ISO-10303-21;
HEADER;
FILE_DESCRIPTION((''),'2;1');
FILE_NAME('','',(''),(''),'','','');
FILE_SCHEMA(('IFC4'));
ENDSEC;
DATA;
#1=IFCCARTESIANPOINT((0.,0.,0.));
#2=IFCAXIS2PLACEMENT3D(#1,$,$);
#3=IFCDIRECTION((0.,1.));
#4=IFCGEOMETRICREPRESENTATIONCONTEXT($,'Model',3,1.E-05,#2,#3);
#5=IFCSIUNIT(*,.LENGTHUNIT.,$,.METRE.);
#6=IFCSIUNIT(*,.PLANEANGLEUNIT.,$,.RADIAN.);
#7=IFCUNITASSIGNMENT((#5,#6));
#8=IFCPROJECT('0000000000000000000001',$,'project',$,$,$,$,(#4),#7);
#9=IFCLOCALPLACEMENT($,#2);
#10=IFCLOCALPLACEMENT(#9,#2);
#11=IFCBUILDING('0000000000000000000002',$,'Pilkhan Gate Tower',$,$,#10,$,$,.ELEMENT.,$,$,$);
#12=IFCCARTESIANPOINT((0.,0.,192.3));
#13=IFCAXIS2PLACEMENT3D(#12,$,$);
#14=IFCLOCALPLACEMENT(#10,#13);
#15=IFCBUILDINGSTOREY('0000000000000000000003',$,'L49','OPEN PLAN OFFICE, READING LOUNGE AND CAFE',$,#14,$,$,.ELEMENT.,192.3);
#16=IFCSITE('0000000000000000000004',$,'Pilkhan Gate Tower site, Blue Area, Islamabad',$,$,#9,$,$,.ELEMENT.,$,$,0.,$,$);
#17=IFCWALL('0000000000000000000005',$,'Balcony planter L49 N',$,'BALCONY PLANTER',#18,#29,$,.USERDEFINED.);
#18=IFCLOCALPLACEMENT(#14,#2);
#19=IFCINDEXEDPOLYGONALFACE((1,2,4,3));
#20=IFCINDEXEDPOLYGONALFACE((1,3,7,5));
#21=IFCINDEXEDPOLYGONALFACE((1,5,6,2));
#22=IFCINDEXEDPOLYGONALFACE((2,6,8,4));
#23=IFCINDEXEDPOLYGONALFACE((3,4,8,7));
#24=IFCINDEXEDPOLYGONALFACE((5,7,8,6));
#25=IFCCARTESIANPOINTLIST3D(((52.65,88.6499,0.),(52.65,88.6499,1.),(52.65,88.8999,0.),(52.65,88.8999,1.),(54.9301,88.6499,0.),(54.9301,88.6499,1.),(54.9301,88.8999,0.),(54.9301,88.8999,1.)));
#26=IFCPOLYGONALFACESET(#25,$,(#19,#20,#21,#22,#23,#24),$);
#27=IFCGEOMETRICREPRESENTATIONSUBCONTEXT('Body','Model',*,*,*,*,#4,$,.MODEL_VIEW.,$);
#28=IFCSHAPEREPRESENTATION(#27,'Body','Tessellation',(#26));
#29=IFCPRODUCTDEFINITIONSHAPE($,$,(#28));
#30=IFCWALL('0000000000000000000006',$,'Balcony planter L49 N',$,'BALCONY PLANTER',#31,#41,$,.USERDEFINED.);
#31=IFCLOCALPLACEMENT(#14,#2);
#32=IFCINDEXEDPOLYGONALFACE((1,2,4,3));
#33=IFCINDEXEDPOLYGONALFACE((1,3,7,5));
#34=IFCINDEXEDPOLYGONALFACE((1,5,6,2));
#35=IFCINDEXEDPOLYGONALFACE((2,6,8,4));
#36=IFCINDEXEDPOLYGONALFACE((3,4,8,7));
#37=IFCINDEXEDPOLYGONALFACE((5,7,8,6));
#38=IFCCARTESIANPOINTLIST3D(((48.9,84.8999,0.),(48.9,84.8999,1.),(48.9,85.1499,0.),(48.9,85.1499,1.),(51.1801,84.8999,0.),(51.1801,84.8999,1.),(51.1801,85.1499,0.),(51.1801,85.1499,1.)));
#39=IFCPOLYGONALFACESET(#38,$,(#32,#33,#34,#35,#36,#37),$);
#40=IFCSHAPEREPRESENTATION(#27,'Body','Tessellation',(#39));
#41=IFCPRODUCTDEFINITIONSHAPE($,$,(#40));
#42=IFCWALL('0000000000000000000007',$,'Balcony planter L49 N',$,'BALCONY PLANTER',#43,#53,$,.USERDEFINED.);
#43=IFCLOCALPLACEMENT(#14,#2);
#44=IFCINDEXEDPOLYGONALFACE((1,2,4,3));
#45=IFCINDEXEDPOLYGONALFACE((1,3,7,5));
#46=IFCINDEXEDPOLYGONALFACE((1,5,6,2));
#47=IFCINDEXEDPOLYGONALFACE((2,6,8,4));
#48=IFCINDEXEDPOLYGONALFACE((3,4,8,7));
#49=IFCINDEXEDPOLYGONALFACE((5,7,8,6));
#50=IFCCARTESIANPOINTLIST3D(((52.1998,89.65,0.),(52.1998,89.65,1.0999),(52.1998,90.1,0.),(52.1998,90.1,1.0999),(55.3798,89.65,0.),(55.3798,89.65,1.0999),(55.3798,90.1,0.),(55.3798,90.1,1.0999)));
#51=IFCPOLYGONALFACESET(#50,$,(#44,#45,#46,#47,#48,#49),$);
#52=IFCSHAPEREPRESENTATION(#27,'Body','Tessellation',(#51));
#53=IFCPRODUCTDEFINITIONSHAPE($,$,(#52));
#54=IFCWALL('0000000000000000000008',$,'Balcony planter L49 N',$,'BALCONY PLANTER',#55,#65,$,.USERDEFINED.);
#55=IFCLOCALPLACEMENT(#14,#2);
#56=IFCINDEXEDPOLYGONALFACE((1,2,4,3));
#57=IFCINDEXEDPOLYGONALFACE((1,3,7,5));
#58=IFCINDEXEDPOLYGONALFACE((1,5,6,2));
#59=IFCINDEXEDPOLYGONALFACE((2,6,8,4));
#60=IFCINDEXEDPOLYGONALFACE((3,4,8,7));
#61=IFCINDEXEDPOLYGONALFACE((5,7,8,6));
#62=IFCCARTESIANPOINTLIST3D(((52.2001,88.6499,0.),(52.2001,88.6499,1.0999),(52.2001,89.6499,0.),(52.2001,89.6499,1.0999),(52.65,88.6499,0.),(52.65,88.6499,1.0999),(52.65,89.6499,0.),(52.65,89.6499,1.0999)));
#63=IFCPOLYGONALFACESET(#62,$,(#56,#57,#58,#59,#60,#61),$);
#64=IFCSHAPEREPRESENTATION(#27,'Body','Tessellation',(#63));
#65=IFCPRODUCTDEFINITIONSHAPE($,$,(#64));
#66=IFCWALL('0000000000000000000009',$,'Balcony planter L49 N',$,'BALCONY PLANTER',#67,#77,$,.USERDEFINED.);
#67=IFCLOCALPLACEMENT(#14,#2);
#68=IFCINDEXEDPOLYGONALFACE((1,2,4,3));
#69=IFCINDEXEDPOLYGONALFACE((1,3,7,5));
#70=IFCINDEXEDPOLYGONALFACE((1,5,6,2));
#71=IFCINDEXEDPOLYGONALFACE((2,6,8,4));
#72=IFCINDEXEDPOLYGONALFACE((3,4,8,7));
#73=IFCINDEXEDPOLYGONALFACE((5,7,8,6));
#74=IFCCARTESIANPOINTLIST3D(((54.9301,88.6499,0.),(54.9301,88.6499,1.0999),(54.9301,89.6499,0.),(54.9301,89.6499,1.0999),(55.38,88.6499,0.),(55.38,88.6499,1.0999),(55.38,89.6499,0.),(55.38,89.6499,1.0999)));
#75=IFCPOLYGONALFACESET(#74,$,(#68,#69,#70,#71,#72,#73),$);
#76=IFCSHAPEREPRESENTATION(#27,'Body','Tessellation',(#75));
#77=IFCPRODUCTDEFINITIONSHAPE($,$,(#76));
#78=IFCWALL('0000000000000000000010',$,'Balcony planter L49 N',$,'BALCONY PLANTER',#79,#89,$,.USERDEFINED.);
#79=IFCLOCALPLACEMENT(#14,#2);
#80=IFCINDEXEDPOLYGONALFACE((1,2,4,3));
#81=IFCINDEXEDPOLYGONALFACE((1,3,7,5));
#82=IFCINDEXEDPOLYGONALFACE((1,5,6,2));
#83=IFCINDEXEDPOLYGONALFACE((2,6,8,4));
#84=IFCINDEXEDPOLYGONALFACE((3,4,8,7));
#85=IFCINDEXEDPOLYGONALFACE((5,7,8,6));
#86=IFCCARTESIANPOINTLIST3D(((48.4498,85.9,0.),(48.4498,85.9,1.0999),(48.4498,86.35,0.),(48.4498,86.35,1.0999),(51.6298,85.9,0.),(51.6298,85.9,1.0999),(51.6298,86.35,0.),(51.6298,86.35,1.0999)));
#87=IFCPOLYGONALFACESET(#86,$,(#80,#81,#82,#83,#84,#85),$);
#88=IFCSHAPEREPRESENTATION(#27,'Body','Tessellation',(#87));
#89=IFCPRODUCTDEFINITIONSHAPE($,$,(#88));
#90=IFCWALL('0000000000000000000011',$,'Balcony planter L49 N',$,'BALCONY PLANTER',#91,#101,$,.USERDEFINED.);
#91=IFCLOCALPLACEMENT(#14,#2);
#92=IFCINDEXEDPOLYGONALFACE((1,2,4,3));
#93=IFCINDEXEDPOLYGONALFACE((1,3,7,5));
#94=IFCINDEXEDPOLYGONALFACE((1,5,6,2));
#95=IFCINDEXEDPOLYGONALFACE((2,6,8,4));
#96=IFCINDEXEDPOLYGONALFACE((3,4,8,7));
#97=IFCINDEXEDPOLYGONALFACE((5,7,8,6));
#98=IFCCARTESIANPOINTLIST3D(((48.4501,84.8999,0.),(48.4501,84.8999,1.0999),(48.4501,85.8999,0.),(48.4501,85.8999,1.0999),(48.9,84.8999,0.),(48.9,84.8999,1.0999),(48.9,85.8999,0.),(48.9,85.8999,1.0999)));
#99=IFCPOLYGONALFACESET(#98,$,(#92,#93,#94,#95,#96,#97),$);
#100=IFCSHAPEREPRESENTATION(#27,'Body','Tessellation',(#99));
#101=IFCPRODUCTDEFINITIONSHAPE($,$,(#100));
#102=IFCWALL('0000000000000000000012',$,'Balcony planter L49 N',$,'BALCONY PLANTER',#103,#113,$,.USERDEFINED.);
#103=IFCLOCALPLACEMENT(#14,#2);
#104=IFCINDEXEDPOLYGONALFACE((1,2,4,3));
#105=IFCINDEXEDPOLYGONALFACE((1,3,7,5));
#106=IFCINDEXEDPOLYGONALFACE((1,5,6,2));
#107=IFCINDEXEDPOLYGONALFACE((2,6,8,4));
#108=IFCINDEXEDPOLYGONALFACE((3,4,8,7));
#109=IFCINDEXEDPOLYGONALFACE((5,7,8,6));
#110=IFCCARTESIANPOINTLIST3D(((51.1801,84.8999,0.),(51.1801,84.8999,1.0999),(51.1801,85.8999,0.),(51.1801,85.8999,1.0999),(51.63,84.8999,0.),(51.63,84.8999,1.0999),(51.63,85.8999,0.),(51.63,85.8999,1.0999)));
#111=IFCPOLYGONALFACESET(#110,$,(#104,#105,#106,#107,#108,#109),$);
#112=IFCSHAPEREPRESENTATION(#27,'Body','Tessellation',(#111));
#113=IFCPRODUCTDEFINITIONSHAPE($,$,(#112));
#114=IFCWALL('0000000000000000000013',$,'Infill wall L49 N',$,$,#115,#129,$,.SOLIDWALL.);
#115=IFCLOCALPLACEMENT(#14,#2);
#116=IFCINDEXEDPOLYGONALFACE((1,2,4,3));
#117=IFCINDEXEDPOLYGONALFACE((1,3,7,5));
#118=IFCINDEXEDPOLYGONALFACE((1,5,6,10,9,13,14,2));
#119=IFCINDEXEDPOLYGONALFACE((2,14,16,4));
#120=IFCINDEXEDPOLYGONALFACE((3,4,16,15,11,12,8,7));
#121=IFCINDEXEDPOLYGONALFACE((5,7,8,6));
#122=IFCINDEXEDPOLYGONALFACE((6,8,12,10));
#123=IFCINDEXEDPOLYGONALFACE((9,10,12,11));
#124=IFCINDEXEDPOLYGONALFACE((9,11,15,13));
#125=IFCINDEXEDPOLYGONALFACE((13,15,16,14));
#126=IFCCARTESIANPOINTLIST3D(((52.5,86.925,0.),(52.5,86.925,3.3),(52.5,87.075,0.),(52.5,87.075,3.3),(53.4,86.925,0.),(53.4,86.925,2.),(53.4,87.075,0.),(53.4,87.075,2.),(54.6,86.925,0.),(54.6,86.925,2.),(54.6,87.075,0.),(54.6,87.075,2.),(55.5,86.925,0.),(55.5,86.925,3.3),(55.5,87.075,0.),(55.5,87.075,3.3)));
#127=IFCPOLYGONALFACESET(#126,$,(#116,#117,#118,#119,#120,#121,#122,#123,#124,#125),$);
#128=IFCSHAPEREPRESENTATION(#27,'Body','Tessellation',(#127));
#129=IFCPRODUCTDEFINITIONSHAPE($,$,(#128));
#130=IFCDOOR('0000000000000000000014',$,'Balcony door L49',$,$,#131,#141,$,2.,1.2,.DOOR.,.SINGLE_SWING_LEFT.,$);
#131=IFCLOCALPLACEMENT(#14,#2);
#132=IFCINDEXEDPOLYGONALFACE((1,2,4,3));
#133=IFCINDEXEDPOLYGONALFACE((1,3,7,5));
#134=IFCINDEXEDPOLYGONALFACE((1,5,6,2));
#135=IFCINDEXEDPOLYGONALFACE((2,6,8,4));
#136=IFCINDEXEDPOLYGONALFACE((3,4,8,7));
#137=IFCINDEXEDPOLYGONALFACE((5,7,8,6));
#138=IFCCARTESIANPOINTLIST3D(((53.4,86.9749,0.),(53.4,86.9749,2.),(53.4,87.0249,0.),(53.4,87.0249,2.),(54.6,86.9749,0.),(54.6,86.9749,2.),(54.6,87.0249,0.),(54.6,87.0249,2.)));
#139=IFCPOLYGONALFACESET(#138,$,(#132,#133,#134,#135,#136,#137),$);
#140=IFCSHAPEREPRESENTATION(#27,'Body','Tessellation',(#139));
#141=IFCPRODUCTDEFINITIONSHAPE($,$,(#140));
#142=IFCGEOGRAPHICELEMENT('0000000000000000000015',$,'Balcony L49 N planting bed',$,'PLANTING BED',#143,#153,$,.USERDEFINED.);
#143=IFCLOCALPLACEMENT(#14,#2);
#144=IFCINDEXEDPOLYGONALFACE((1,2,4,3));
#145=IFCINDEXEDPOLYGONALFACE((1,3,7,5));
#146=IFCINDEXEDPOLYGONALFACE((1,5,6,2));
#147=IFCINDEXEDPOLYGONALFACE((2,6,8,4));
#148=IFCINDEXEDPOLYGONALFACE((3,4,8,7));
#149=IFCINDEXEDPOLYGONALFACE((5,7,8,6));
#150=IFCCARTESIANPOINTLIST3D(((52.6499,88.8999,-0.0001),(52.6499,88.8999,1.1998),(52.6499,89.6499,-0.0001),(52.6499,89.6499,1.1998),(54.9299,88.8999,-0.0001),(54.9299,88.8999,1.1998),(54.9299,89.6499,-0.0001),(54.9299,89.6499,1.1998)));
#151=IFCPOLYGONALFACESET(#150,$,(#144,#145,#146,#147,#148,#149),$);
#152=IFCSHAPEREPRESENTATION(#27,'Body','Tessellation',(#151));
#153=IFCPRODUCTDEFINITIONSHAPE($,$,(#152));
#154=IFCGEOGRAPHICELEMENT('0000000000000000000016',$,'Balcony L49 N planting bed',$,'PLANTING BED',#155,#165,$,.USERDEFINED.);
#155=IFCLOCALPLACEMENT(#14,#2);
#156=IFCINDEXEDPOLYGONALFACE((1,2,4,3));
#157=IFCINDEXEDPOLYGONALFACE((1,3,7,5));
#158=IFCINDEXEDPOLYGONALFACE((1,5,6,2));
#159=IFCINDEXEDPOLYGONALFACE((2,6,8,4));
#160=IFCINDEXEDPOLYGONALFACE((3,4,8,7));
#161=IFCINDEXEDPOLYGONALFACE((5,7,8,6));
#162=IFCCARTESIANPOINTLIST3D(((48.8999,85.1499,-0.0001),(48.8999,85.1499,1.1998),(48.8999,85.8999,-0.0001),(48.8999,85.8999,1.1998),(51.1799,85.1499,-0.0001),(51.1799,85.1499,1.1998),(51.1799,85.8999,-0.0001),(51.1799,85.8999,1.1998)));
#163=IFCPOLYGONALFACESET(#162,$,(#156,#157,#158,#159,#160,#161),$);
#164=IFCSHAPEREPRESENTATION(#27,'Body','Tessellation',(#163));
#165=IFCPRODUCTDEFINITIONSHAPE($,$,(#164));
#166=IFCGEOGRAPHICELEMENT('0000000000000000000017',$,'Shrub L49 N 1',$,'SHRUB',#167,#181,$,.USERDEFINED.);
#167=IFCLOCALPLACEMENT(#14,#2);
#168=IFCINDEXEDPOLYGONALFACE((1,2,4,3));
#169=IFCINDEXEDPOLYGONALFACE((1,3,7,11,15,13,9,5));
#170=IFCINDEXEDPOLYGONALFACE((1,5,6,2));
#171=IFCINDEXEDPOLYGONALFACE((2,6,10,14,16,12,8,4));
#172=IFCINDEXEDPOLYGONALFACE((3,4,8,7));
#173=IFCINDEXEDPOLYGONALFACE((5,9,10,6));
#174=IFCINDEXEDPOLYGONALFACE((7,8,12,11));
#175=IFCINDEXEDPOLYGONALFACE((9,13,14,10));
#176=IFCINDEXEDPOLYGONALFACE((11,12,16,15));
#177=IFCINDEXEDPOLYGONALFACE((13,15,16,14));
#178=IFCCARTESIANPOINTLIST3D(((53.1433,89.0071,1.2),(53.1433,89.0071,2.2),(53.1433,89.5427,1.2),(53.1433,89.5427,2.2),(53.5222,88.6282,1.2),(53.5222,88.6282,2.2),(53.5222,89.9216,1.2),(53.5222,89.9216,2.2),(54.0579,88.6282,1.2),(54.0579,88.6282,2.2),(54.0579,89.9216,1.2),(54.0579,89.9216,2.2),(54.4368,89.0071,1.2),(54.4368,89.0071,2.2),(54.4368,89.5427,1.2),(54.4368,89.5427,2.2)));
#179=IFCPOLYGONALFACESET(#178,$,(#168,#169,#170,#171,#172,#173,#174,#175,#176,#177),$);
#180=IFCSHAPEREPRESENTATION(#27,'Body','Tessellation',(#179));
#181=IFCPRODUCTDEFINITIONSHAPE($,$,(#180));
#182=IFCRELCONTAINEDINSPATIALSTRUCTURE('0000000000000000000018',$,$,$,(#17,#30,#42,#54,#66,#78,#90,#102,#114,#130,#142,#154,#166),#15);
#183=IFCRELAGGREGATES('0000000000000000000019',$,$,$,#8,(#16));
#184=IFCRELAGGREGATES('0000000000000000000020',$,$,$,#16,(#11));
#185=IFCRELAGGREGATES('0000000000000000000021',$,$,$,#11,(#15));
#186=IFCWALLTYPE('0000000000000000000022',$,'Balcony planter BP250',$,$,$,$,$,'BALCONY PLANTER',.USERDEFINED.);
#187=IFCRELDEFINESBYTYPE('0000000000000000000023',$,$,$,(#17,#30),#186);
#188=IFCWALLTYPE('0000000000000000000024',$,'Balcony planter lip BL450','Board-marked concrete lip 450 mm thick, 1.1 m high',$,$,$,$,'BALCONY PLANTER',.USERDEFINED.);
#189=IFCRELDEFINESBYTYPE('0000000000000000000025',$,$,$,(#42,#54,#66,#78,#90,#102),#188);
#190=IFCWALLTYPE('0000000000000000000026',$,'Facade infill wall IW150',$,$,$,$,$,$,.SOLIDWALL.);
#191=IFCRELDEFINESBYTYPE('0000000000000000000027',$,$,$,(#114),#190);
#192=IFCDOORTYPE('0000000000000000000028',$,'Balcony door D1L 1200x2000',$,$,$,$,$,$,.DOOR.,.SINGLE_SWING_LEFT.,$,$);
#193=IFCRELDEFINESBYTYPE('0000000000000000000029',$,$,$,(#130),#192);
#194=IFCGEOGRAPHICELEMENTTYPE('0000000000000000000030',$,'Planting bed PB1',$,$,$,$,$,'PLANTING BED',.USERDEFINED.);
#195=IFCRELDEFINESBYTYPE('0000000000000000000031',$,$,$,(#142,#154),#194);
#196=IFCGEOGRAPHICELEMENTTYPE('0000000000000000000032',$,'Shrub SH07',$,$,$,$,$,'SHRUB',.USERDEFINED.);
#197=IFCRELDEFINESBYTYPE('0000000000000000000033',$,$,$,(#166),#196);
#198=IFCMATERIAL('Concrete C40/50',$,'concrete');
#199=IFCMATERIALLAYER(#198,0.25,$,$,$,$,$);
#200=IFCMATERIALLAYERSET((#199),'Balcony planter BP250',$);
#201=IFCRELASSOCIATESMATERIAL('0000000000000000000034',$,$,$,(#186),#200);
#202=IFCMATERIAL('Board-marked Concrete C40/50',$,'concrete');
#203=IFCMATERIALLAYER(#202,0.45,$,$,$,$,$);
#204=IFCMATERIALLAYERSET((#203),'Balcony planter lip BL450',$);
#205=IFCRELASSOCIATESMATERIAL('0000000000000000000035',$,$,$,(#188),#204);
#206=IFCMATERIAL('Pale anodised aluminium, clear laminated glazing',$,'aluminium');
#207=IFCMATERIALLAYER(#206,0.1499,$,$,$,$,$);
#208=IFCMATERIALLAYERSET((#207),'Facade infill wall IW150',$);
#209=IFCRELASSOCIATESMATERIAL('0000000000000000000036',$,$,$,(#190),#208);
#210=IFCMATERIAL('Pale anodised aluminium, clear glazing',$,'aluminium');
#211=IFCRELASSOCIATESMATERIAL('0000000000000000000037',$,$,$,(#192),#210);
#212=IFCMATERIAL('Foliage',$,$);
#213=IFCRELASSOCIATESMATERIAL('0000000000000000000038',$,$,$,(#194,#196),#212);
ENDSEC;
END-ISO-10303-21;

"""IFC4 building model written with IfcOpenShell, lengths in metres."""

from ifc_helpers import new_model, si_unit, direction, frame, frame_2d, origin, origin_2d, place, context, subcontext, project, spatial, polyline, rectangle, outline, extrude, material, layer, layer_set, material_profile, profile_set, type_object, element, fill, save


model = new_model("IFC4")

# Units and contexts
model_context = context("Model", 3, precision=1e-05, world=origin(), true_north=direction((0.0, 1.0)))
body_context = subcontext(model_context, "Body", "Model", "MODEL_VIEW")
ifc_project = project(units=[si_unit("LENGTHUNIT", "METRE"), si_unit("PLANEANGLEUNIT", "RADIAN")], contexts=[model_context])

# Site, building, storey
site_placement = place(None, origin())
site = spatial("IfcSite", under=ifc_project, at=site_placement, Name="Pilkhan Gate Tower site, Blue Area, Islamabad", CompositionType="ELEMENT", RefElevation=0.0)
building_placement = place(site_placement, origin())
building = spatial("IfcBuilding", under=site, at=building_placement, Name="Pilkhan Gate Tower", CompositionType="ELEMENT")
storey_placement = place(building_placement, frame((0.0, 0.0, 192.3)))
storey = spatial("IfcBuildingStorey", under=building, at=storey_placement, Name="L49", Description="OPEN PLAN OFFICE, READING LOUNGE AND CAFE", CompositionType="ELEMENT", Elevation=192.3)

# Walls
ifc_material_1 = material(Name="Concrete C40/50", Category="concrete")
ifc_layer_1 = layer(ifc_material_1, 0.25)
ifc_layer_set_1 = layer_set([ifc_layer_1], Name="Balcony planter BP250")
wall_type_1 = type_object("IfcWallType", Name="Balcony planter BP250", ElementType="BALCONY PLANTER", PredefinedType="USERDEFINED", material=ifc_layer_set_1)
for number, where, z_axis, x_axis, name in (
    (1, (52.6499, 88.7749, 0.0), (0.0, 0.0, 1.0), (1.0, 0.0, 0.0), "Balcony planter L49 N"),
    (2, (48.8999, 85.0249, 0.0), (0.0, 0.0, 1.0), (1.0, 0.0, 0.0), "Balcony planter L49 N"),
):
    element("IfcWall", number, at=place(storey_placement, frame(where, z_axis=z_axis, x_axis=x_axis)), inside=storey, type_object=wall_type_1, Name=name, ObjectType="BALCONY PLANTER", PredefinedType="USERDEFINED", context=body_context, shape_type="SweptSolid", body=[
        extrude(rectangle(XDim=2.28, YDim=0.25, at=frame_2d((1.1401, 0.0))), origin(), (0.0, 0.0, 1.0), 1.0),
    ])
ifc_material_2 = material(Name="Board-marked Concrete C40/50", Category="concrete")
ifc_layer_2 = layer(ifc_material_2, 0.45)
ifc_layer_set_2 = layer_set([ifc_layer_2], Name="Balcony planter lip BL450")
wall_type_2 = type_object("IfcWallType", Name="Balcony planter lip BL450", Description="Board-marked concrete lip 450 mm thick, 1.1 m high", ElementType="BALCONY PLANTER", PredefinedType="USERDEFINED", material=ifc_layer_set_2)
wall_1_placement = place(storey_placement, frame((52.2, 89.875, 0.0), z_axis=(0.0, 0.0, 1.0), x_axis=(1.0, 0.0, 0.0)))
element("IfcWall", 3, at=wall_1_placement, inside=storey, type_object=wall_type_2, Name="Balcony planter L49 N", ObjectType="BALCONY PLANTER", PredefinedType="USERDEFINED", context=body_context, shape_type="SweptSolid", body=[
    extrude(rectangle(XDim=3.1799, YDim=0.45, at=frame_2d((1.5898, 0.0))), origin(), (0.0, 0.0, 1.0), 1.0999),
])
for number, where, z_axis, x_axis, name in (
    (4, (52.425, 88.6499, 0.0), (0.0, 0.0, 1.0), (0.0, 1.0, 0.0), "Balcony planter L49 N"),
    (5, (55.155, 88.6499, 0.0), (0.0, 0.0, 1.0), (0.0, 1.0, 0.0), "Balcony planter L49 N"),
):
    element("IfcWall", number, at=place(storey_placement, frame(where, z_axis=z_axis, x_axis=x_axis)), inside=storey, type_object=wall_type_2, Name=name, ObjectType="BALCONY PLANTER", PredefinedType="USERDEFINED", context=body_context, shape_type="SweptSolid", body=[
        extrude(rectangle(XDim=1.0, YDim=0.45, at=frame_2d((0.5, 0.0))), origin(), (0.0, 0.0, 1.0), 1.0999),
    ])
wall_2_placement = place(storey_placement, frame((48.45, 86.125, 0.0), z_axis=(0.0, 0.0, 1.0), x_axis=(1.0, 0.0, 0.0)))
element("IfcWall", 6, at=wall_2_placement, inside=storey, type_object=wall_type_2, Name="Balcony planter L49 N", ObjectType="BALCONY PLANTER", PredefinedType="USERDEFINED", context=body_context, shape_type="SweptSolid", body=[
    extrude(rectangle(XDim=3.1799, YDim=0.45, at=frame_2d((1.5898, 0.0))), origin(), (0.0, 0.0, 1.0), 1.0999),
])
for number, where, z_axis, x_axis, name in (
    (7, (48.675, 84.8999, 0.0), (0.0, 0.0, 1.0), (0.0, 1.0, 0.0), "Balcony planter L49 N"),
    (8, (51.405, 84.8999, 0.0), (0.0, 0.0, 1.0), (0.0, 1.0, 0.0), "Balcony planter L49 N"),
):
    element("IfcWall", number, at=place(storey_placement, frame(where, z_axis=z_axis, x_axis=x_axis)), inside=storey, type_object=wall_type_2, Name=name, ObjectType="BALCONY PLANTER", PredefinedType="USERDEFINED", context=body_context, shape_type="SweptSolid", body=[
        extrude(rectangle(XDim=1.0, YDim=0.45, at=frame_2d((0.5, 0.0))), origin(), (0.0, 0.0, 1.0), 1.0999),
    ])

# Wall, opening, door
ifc_material_3 = material(Name="Pale anodised aluminium, clear laminated glazing", Category="aluminium")
ifc_layer_3 = layer(ifc_material_3, 0.1499)
ifc_layer_set_3 = layer_set([ifc_layer_3], Name="Facade infill wall IW150")
wall_type_3 = type_object("IfcWallType", Name="Facade infill wall IW150", PredefinedType="SOLIDWALL", material=ifc_layer_set_3)
wall_3_placement = place(storey_placement, frame((52.5, 87.0, 0.0), z_axis=(0.0, 0.0, 1.0), x_axis=(1.0, 0.0, 0.0)))
wall_3 = element("IfcWall", 9, at=wall_3_placement, inside=storey, type_object=wall_type_3, Name="Infill wall L49 N", PredefinedType="SOLIDWALL", context=body_context, shape_type="SweptSolid", body=[
    extrude(rectangle(XDim=3.0, YDim=0.1499, at=frame_2d((1.5, 0.0))), origin(), (0.0, 0.0, 1.0), 3.3),
])
opening_placement = place(wall_3_placement, frame((0.8999, 0.0, 0.0)))
opening = element("IfcOpeningElement", 10, at=opening_placement, cuts=wall_3, PredefinedType="OPENING", context=body_context, shape_type="SweptSolid", body=[
    extrude(rectangle(XDim=1.2, YDim=2.0, at=frame_2d((0.6001, 1.0))), frame((0.0, 0.085, 0.0), z_axis=(0.0, -1.0, 0.0), x_axis=(1.0, 0.0, 0.0)), (0.0, 0.0, 1.0), 0.1699),
])
ifc_material_4 = material(Name="Pale anodised aluminium, clear glazing", Category="aluminium")
door_type = type_object("IfcDoorType", Name="Balcony door D1L 1200x2000", OperationType="SINGLE_SWING_LEFT", PredefinedType="DOOR", material=ifc_material_4)
door_placement = place(opening_placement, origin())
door = element("IfcDoor", 11, at=door_placement, inside=storey, type_object=door_type, Name="Balcony door L49", OperationType="SINGLE_SWING_LEFT", OverallHeight=2.0, OverallWidth=1.2, PredefinedType="DOOR", context=body_context, shape_type="SweptSolid", body=[
    extrude(rectangle(XDim=1.2, YDim=2.0, at=frame_2d((0.6001, 1.0))), frame((0.0, 0.0249, 0.0), z_axis=(0.0, -1.0, 0.0), x_axis=(1.0, 0.0, 0.0)), (0.0, 0.0, 1.0), 0.05),
])
fill(opening, door)

# Geographic elements
ifc_material_5 = material(Name="Foliage")
ifc_material_profile_1 = material_profile(ifc_material_5, rectangle(XDim=0.75, YDim=1.2, at=origin_2d()), Name="Bed 750x1200")
ifc_profile_set_1 = profile_set([ifc_material_profile_1], Name="Foliage")
geographic_element_type_1 = type_object("IfcGeographicElementType", Name="Planting bed PB1", ElementType="PLANTING BED", PredefinedType="USERDEFINED", material=ifc_profile_set_1)
for number, where, z_axis, x_axis, name in (
    (12, (52.6499, 89.2749, 0.5999), (1.0, 0.0, 0.0), (0.0, 1.0, 0.0), "Balcony L49 N planting bed"),
    (13, (48.8999, 85.5249, 0.5999), (1.0, 0.0, 0.0), (0.0, 1.0, 0.0), "Balcony L49 N planting bed"),
):
    element("IfcGeographicElement", number, at=place(storey_placement, frame(where, z_axis=z_axis, x_axis=x_axis)), inside=storey, type_object=geographic_element_type_1, Name=name, ObjectType="PLANTING BED", PredefinedType="USERDEFINED", context=body_context, shape_type="SweptSolid", body=[
        extrude(rectangle(XDim=0.75, YDim=1.2, at=origin_2d()), origin(), (0.0, 0.0, 1.0), 2.28),
    ])
ifc_material_profile_2 = material_profile(ifc_material_5, outline(polyline([(0.6467, 0.2678), (0.2678, 0.6467), (-0.2678, 0.6467), (-0.6467, 0.2678), (-0.6467, -0.2678), (-0.2678, -0.6467), (0.2678, -0.6467), (0.6467, -0.2678), (0.6467, 0.2678)])), Name="Shrub D1.4")
ifc_profile_set_2 = profile_set([ifc_material_profile_2], Name="Foliage")
geographic_element_type_2 = type_object("IfcGeographicElementType", Name="Shrub SH07", ElementType="SHRUB", PredefinedType="USERDEFINED", material=ifc_profile_set_2)
for number, where, z_axis, x_axis, name in (
    (14, (53.79, 89.2749, 1.2), (0.0, 0.0, 1.0), (1.0, 0.0, 0.0), "Shrub L49 N 1"),
):
    element("IfcGeographicElement", number, at=place(storey_placement, frame(where, z_axis=z_axis, x_axis=x_axis)), inside=storey, type_object=geographic_element_type_2, Name=name, ObjectType="SHRUB", PredefinedType="USERDEFINED", context=body_context, shape_type="SweptSolid", body=[
        extrude(outline(polyline([(0.6467, 0.2678), (0.2678, 0.6467), (-0.2678, 0.6467), (-0.6467, 0.2678), (-0.6467, -0.2678), (-0.2678, -0.6467), (0.2678, -0.6467), (0.6467, -0.2678), (0.6467, 0.2678)])), origin(), (0.0, 0.0, 1.0), 1.0),
    ])

save(model, "model.ifc")
